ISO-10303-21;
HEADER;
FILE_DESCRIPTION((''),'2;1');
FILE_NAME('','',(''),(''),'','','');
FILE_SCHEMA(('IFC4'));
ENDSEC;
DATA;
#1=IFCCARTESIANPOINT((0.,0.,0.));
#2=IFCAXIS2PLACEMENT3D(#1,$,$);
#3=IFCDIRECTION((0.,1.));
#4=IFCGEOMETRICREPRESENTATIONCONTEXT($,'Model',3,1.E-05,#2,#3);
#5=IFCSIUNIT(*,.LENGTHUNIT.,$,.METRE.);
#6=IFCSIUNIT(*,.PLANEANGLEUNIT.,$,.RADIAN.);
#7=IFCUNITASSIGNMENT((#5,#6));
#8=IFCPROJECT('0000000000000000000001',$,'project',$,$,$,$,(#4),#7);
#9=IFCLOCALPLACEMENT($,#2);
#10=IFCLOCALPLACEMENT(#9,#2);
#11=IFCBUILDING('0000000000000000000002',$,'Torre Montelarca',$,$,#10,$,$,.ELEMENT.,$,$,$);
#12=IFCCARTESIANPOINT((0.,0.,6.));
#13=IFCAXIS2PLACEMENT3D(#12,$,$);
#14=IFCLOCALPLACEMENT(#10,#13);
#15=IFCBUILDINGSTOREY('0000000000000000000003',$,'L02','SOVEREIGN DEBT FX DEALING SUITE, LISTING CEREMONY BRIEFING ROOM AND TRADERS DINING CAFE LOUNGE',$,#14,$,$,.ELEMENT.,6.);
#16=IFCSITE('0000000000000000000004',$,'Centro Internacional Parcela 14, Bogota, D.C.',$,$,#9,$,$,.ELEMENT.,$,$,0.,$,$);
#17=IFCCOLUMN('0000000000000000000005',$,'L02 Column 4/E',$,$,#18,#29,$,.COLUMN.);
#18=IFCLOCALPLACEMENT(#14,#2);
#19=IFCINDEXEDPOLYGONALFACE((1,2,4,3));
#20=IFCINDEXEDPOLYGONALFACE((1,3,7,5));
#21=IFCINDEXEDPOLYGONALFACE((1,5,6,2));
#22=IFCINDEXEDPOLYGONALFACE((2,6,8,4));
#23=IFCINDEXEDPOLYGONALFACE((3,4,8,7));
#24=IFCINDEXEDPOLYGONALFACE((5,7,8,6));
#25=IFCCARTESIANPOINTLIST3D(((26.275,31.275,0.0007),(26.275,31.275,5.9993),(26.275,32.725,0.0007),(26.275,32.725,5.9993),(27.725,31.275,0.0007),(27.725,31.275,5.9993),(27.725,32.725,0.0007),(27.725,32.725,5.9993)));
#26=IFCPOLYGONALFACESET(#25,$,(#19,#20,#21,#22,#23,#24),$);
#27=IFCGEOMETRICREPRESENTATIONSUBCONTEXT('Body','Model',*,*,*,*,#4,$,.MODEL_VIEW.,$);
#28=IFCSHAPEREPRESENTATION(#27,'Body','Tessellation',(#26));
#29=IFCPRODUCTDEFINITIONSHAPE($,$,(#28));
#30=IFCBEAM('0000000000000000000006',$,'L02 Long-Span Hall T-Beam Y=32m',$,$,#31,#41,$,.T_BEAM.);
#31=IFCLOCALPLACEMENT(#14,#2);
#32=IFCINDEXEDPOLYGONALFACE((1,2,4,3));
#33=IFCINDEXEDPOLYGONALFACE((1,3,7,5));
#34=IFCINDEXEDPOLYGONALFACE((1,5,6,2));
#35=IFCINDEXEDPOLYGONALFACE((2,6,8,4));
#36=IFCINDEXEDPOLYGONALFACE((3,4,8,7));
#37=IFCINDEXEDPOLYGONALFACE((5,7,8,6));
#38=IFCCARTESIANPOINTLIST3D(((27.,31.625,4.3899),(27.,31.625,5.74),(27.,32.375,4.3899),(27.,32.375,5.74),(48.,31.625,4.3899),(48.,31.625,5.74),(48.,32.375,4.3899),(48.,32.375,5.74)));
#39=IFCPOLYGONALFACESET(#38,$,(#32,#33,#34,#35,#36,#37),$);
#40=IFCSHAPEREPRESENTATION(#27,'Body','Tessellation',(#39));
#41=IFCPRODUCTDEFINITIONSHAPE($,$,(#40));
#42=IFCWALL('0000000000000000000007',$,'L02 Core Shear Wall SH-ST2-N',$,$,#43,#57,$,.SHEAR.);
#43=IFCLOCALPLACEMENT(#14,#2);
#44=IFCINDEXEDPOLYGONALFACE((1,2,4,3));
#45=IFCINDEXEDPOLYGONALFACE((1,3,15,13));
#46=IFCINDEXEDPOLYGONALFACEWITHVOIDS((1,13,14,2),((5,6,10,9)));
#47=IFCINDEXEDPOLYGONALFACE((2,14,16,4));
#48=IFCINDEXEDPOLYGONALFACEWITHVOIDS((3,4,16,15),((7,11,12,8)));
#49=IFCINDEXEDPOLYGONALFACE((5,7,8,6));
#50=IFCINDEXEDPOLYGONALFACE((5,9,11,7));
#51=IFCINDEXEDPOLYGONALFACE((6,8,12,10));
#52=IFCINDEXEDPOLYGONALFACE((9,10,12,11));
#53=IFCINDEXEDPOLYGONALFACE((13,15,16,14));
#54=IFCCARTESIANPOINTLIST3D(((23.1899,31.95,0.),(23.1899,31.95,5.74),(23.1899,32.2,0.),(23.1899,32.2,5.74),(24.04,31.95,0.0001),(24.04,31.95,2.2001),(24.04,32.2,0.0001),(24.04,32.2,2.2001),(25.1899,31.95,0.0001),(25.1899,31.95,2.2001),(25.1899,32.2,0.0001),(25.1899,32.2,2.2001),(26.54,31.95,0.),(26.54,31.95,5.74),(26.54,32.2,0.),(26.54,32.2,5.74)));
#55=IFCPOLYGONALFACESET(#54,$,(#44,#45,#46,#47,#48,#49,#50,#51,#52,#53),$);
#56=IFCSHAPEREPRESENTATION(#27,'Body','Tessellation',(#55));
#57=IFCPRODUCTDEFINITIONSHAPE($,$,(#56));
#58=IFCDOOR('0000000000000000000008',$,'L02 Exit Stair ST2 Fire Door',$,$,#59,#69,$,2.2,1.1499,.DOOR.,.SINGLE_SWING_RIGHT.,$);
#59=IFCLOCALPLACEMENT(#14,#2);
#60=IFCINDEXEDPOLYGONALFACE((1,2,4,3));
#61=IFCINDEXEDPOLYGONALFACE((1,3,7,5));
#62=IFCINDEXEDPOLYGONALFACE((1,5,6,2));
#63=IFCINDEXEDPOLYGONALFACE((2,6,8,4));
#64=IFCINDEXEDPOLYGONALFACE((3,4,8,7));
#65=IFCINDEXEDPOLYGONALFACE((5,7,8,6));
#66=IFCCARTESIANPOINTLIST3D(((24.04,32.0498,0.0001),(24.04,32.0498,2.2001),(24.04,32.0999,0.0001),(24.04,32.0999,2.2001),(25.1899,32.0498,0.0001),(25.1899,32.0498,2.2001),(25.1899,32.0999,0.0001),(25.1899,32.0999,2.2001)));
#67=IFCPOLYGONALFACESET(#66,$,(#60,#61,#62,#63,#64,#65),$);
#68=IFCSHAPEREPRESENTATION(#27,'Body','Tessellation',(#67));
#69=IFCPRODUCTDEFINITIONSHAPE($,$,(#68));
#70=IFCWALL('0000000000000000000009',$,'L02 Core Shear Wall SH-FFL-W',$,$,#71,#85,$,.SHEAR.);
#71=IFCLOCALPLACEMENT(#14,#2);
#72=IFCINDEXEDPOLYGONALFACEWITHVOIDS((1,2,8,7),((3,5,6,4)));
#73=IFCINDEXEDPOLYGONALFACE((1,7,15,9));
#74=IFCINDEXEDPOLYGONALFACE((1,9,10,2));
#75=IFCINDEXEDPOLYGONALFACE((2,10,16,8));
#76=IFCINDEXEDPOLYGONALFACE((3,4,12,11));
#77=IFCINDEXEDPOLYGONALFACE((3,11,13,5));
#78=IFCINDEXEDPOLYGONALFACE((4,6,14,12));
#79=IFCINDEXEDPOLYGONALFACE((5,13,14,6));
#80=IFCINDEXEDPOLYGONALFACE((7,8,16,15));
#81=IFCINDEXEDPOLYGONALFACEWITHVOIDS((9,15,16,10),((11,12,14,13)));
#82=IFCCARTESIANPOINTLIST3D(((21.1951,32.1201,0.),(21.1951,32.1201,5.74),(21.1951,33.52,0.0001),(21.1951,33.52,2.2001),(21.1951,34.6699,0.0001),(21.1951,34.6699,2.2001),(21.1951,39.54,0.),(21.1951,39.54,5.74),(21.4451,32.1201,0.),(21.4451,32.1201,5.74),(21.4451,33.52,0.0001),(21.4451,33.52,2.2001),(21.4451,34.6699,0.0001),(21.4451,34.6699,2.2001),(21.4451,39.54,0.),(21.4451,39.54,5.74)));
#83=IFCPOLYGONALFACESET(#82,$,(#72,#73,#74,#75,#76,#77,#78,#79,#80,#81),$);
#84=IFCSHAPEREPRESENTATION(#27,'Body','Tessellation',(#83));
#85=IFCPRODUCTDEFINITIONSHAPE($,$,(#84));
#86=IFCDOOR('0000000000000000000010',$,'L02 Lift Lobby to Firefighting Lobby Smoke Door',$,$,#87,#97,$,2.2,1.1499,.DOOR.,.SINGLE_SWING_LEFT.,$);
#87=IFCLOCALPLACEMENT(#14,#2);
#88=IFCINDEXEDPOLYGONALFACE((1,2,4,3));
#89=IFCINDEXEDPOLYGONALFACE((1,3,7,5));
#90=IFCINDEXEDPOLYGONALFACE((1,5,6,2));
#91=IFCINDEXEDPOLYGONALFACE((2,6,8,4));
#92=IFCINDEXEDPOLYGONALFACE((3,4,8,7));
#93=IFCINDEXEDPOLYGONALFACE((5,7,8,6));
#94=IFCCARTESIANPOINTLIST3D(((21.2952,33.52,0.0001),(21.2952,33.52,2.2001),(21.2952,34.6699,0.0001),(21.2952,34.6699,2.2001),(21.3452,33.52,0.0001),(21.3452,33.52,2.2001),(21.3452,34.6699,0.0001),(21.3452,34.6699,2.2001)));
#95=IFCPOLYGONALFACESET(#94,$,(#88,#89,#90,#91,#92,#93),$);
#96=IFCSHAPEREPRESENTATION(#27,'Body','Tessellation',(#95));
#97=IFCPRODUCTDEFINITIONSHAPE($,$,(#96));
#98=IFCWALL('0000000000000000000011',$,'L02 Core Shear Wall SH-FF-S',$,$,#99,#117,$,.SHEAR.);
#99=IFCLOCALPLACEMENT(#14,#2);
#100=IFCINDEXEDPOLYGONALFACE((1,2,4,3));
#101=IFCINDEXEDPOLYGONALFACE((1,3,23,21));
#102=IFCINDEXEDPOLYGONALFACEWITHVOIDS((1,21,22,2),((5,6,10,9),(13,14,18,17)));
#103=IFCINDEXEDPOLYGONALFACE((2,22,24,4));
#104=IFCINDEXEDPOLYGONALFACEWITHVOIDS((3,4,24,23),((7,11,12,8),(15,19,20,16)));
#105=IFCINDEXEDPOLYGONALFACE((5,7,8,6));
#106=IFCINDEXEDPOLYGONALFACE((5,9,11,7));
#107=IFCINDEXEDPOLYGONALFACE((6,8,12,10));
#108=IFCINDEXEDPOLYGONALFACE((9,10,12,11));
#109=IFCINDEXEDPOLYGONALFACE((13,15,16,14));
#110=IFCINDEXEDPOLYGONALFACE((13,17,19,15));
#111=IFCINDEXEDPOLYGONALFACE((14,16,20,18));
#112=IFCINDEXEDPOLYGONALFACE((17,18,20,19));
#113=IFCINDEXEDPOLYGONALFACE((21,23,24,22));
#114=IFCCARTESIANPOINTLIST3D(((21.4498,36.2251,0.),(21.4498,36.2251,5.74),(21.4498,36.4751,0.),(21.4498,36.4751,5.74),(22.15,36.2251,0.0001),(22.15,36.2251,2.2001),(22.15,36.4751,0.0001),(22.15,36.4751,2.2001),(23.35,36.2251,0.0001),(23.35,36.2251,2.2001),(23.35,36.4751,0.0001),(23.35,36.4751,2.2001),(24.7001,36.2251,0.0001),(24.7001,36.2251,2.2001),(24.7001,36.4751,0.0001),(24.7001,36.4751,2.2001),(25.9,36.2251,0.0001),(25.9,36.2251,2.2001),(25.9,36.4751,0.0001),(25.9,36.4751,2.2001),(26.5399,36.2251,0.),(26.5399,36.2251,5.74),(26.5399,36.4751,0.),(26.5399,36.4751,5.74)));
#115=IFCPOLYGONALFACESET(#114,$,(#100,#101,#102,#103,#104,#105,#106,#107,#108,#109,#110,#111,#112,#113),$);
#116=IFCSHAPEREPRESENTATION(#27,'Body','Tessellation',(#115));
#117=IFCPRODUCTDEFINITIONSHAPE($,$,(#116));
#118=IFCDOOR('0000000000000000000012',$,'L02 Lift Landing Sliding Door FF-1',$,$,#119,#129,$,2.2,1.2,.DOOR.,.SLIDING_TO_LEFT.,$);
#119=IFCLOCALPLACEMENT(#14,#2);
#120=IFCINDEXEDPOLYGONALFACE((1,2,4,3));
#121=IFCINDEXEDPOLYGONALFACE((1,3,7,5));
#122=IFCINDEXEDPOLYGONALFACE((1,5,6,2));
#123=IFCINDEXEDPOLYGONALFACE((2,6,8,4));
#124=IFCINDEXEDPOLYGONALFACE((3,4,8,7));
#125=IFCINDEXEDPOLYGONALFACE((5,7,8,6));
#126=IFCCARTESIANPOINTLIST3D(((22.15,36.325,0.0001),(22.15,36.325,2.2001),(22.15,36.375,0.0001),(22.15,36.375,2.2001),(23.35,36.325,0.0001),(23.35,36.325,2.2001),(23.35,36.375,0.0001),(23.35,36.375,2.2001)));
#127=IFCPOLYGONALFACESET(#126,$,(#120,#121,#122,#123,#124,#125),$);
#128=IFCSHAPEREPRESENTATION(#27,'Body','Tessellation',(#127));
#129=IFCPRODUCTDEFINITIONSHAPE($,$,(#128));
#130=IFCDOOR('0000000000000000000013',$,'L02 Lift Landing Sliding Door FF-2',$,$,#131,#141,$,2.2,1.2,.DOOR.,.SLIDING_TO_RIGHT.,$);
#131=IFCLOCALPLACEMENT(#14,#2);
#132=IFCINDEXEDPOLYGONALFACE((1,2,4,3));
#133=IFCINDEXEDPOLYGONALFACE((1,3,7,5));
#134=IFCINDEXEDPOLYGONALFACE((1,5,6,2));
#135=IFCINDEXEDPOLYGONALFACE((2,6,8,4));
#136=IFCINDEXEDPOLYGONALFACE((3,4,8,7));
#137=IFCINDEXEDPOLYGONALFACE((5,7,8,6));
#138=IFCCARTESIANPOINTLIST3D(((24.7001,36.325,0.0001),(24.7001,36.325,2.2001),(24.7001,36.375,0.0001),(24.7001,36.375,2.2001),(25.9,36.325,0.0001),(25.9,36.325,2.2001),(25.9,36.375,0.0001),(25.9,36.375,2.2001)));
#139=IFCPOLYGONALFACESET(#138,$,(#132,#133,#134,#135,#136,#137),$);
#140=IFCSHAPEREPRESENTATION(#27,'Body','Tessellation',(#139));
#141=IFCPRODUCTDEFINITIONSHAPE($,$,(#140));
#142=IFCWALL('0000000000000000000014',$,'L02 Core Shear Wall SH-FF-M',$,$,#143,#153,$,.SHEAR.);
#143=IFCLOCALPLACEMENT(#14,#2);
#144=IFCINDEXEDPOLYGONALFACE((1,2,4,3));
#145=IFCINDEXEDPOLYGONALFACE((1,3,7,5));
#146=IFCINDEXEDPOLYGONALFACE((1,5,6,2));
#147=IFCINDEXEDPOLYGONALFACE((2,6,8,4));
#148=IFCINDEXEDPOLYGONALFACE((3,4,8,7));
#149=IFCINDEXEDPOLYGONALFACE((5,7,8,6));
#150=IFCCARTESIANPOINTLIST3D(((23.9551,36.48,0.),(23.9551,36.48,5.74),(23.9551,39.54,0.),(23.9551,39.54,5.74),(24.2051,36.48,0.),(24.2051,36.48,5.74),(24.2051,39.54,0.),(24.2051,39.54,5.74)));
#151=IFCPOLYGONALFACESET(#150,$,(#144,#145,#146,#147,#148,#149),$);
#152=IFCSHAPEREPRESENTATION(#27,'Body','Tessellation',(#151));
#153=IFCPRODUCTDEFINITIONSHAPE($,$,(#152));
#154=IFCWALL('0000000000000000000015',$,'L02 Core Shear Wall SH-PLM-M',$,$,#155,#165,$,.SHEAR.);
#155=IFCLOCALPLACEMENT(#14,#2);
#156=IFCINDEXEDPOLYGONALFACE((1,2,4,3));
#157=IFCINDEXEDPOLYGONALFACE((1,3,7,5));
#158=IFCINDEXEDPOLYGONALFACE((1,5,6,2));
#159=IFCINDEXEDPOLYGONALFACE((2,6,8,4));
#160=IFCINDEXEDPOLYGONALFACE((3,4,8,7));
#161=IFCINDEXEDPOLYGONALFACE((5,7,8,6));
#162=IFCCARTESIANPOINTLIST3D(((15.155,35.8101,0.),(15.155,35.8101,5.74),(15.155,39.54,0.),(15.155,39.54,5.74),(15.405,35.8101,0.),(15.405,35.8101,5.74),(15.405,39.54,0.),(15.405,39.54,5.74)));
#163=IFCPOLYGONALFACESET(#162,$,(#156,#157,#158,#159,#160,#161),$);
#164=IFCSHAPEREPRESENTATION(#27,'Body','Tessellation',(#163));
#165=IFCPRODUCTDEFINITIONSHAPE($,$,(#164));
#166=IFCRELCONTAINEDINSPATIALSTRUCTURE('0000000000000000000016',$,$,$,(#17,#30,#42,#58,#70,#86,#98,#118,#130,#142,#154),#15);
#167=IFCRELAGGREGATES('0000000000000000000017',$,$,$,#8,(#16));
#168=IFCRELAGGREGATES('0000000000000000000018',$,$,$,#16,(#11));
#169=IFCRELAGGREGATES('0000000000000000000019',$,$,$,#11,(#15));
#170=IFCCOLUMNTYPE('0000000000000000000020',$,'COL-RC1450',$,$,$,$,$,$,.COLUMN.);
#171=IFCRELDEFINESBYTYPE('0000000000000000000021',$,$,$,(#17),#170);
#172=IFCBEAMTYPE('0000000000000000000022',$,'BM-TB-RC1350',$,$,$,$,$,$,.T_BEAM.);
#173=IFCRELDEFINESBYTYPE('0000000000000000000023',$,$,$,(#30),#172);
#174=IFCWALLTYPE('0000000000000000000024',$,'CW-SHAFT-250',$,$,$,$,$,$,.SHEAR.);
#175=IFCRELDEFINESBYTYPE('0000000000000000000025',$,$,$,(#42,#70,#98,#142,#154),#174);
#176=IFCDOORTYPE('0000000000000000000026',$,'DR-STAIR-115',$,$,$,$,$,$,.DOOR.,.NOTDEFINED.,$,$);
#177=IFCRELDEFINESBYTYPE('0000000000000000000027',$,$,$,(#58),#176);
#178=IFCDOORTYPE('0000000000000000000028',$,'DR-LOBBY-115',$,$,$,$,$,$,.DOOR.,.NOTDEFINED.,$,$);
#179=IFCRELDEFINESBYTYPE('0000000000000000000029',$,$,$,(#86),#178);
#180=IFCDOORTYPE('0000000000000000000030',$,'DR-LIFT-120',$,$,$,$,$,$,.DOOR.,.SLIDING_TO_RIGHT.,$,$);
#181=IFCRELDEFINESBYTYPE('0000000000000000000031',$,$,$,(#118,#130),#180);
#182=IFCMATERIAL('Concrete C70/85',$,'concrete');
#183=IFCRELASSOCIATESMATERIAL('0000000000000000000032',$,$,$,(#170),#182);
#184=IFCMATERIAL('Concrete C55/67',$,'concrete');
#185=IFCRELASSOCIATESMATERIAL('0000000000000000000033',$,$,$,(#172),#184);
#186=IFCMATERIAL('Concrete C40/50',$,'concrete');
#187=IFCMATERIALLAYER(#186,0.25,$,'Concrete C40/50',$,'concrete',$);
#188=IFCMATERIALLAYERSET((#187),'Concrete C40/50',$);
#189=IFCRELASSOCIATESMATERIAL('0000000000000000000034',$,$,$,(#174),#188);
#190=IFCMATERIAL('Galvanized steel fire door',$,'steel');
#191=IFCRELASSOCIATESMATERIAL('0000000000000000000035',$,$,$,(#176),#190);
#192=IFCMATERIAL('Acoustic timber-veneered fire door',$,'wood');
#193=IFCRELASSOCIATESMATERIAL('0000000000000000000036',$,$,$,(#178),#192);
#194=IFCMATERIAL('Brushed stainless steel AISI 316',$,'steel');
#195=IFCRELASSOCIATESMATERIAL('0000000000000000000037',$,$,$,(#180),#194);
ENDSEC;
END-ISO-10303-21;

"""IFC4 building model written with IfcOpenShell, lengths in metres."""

from ifc_helpers import new_model, si_unit, direction, frame, frame_2d, origin, origin_2d, place, context, subcontext, project, spatial, rectangle, extrude, source, transform, mapped, material, layer, layer_set, material_profile, profile_set, type_object, element, fill, save


model = new_model("IFC4")

# Units and contexts
model_context = context("Model", 3, precision=1e-05, world=origin(), true_north=direction((0.0, 1.0)))
body_context = subcontext(model_context, "Body", "Model", "MODEL_VIEW")
ifc_project = project(units=[si_unit("LENGTHUNIT", "METRE"), si_unit("PLANEANGLEUNIT", "RADIAN")], contexts=[model_context])

# Site, building, storey
site_placement = place(None, origin())
site = spatial("IfcSite", under=ifc_project, at=site_placement, Name="Centro Internacional Parcela 14, Bogota, D.C.", CompositionType="ELEMENT", RefElevation=0.0)
building_placement = place(site_placement, origin())
building = spatial("IfcBuilding", under=site, at=building_placement, Name="Torre Montelarca", CompositionType="ELEMENT")
storey_placement = place(building_placement, frame((0.0, 0.0, 6.0)))
storey = spatial("IfcBuildingStorey", under=building, at=storey_placement, Name="L02", Description="SOVEREIGN DEBT FX DEALING SUITE, LISTING CEREMONY BRIEFING ROOM AND TRADERS DINING CAFE LOUNGE", CompositionType="ELEMENT", Elevation=6.0)

# Column
ifc_material_1 = material(Name="Concrete C70/85", Category="concrete")
ifc_material_profile_1 = material_profile(ifc_material_1, rectangle(XDim=1.45, YDim=1.45, at=origin_2d()), Name="RC1450X1450", Category="concrete")
ifc_profile_set_1 = profile_set([ifc_material_profile_1], Name="Concrete C70/85")
column_type = type_object("IfcColumnType", Name="COL-RC1450", PredefinedType="COLUMN", material=ifc_profile_set_1)
shared_shape_1 = source(origin(), body_context, "Body", "SweptSolid", [
    extrude(rectangle(XDim=1.45, YDim=1.45, at=origin_2d()), origin(), (0.0, 0.0, 1.0), 5.9985),
])
column_placement = place(storey_placement, frame((27.0, 32.0, 0.0007), z_axis=(0.0, 0.0, 1.0), x_axis=(1.0, 0.0, 0.0)))
element("IfcColumn", 1, at=column_placement, inside=storey, type_object=column_type, Name="L02 Column 4/E", PredefinedType="COLUMN", context=body_context, shape_type="MappedRepresentation", body=[
    mapped(shared_shape_1, transform((0.0, 0.0, 0.0), scale=1.0)),
])

# Beam
ifc_material_2 = material(Name="Concrete C55/67", Category="concrete")
ifc_material_profile_2 = material_profile(ifc_material_2, rectangle(XDim=0.75, YDim=1.3501, at=origin_2d()), Name="RCB750X1350", Category="concrete")
ifc_profile_set_2 = profile_set([ifc_material_profile_2], Name="Concrete C55/67")
beam_type = type_object("IfcBeamType", Name="BM-TB-RC1350", PredefinedType="T_BEAM", material=ifc_profile_set_2)
shared_shape_2 = source(origin(), body_context, "Body", "SweptSolid", [
    extrude(rectangle(XDim=0.75, YDim=1.3501, at=origin_2d()), origin(), (0.0, 0.0, 1.0), 21.0),
])
beam_placement = place(storey_placement, frame((27.0, 32.0, 5.0649), z_axis=(1.0, 0.0, 0.0), x_axis=(0.0, 1.0, 0.0)))
element("IfcBeam", 2, at=beam_placement, inside=storey, type_object=beam_type, Name="L02 Long-Span Hall T-Beam Y=32m", PredefinedType="T_BEAM", context=body_context, shape_type="MappedRepresentation", body=[
    mapped(shared_shape_2, transform((0.0, 0.0, 0.0), scale=1.0)),
])

# Walls, openings, doors
ifc_material_3 = material(Name="Concrete C40/50", Category="concrete")
ifc_layer_1 = layer(ifc_material_3, 0.25, Name="Concrete C40/50", Category="concrete")
ifc_layer_set_1 = layer_set([ifc_layer_1], Name="Concrete C40/50")
wall_type_1 = type_object("IfcWallType", Name="CW-SHAFT-250", PredefinedType="SHEAR", material=ifc_layer_set_1)
wall_1_placement = place(storey_placement, frame((23.1899, 32.075, 0.0), z_axis=(0.0, 0.0, 1.0), x_axis=(1.0, 0.0, 0.0)))
wall_1 = element("IfcWall", 3, at=wall_1_placement, inside=storey, type_object=wall_type_1, Name="L02 Core Shear Wall SH-ST2-N", PredefinedType="SHEAR", context=body_context, shape_type="SweptSolid", body=[
    extrude(rectangle(XDim=3.3501, YDim=0.25, at=frame_2d((1.675, 0.0))), origin(), (0.0, 0.0, 1.0), 5.74),
])
opening_1_placement = place(wall_1_placement, frame((0.8501, 0.0, 0.0)))
opening_1 = element("IfcOpeningElement", 4, at=opening_1_placement, cuts=wall_1, PredefinedType="OPENING", context=body_context, shape_type="SweptSolid", body=[
    extrude(rectangle(XDim=1.1499, YDim=2.2, at=frame_2d((0.575, 1.1001))), frame((0.0, 0.135, 0.0), z_axis=(0.0, -1.0, 0.0), x_axis=(1.0, 0.0, 0.0)), (0.0, 0.0, 1.0), 0.27),
])
ifc_material_4 = material(Name="Galvanized steel fire door", Category="steel")
door_type_1 = type_object("IfcDoorType", Name="DR-STAIR-115", OperationType="NOTDEFINED", PredefinedType="DOOR", material=ifc_material_4)
shared_shape_3 = source(origin(), body_context, "Body", "SweptSolid", [
    extrude(rectangle(XDim=1.1499, YDim=2.2, at=frame_2d((0.575, 1.1001))), frame((0.0, 0.0249, 0.0), z_axis=(0.0, -1.0, 0.0), x_axis=(1.0, 0.0, 0.0)), (0.0, 0.0, 1.0), 0.05),
])
door_1_placement = place(opening_1_placement, origin())
door_1 = element("IfcDoor", 5, at=door_1_placement, inside=storey, type_object=door_type_1, Name="L02 Exit Stair ST2 Fire Door", OperationType="SINGLE_SWING_RIGHT", OverallHeight=2.2, OverallWidth=1.1499, PredefinedType="DOOR", context=body_context, shape_type="MappedRepresentation", body=[
    mapped(shared_shape_3, transform((0.0, 0.0, 0.0), scale=1.0)),
])
fill(opening_1, door_1)
wall_2_placement = place(storey_placement, frame((21.3201, 32.1201, 0.0), z_axis=(0.0, 0.0, 1.0), x_axis=(0.0, 1.0, 0.0)))
wall_2 = element("IfcWall", 6, at=wall_2_placement, inside=storey, type_object=wall_type_1, Name="L02 Core Shear Wall SH-FFL-W", PredefinedType="SHEAR", context=body_context, shape_type="SweptSolid", body=[
    extrude(rectangle(XDim=7.4199, YDim=0.25, at=frame_2d((3.71, 0.0))), origin(), (0.0, 0.0, 1.0), 5.74),
])
opening_2_placement = place(wall_2_placement, frame((1.3999, 0.0, 0.0)))
opening_2 = element("IfcOpeningElement", 7, at=opening_2_placement, cuts=wall_2, PredefinedType="OPENING", context=body_context, shape_type="SweptSolid", body=[
    extrude(rectangle(XDim=1.1499, YDim=2.2, at=frame_2d((0.575, 1.1001))), frame((0.0, 0.135, 0.0), z_axis=(0.0, -1.0, 0.0), x_axis=(1.0, 0.0, 0.0)), (0.0, 0.0, 1.0), 0.27),
])
ifc_material_5 = material(Name="Acoustic timber-veneered fire door", Category="wood")
door_type_2 = type_object("IfcDoorType", Name="DR-LOBBY-115", OperationType="NOTDEFINED", PredefinedType="DOOR", material=ifc_material_5)
shared_shape_4 = source(origin(), body_context, "Body", "SweptSolid", [
    extrude(rectangle(XDim=1.1499, YDim=2.2, at=frame_2d((0.575, 1.1001))), frame((0.0, 0.0249, 0.0), z_axis=(0.0, -1.0, 0.0), x_axis=(1.0, 0.0, 0.0)), (0.0, 0.0, 1.0), 0.05),
])
door_2_placement = place(opening_2_placement, origin())
door_2 = element("IfcDoor", 8, at=door_2_placement, inside=storey, type_object=door_type_2, Name="L02 Lift Lobby to Firefighting Lobby Smoke Door", OperationType="SINGLE_SWING_LEFT", OverallHeight=2.2, OverallWidth=1.1499, PredefinedType="DOOR", context=body_context, shape_type="MappedRepresentation", body=[
    mapped(shared_shape_4, transform((0.0, 0.0, 0.0), scale=1.0)),
])
fill(opening_2, door_2)

# Wall, openings, doors
wall_3_placement = place(storey_placement, frame((21.45, 36.3501, 0.0), z_axis=(0.0, 0.0, 1.0), x_axis=(1.0, 0.0, 0.0)))
wall_3 = element("IfcWall", 9, at=wall_3_placement, inside=storey, type_object=wall_type_1, Name="L02 Core Shear Wall SH-FF-S", PredefinedType="SHEAR", context=body_context, shape_type="SweptSolid", body=[
    extrude(rectangle(XDim=5.0901, YDim=0.25, at=frame_2d((2.5449, 0.0))), origin(), (0.0, 0.0, 1.0), 5.74),
])
opening_3_placement = place(wall_3_placement, frame((0.7, 0.0, 0.0)))
opening_3 = element("IfcOpeningElement", 10, at=opening_3_placement, cuts=wall_3, PredefinedType="OPENING", context=body_context, shape_type="SweptSolid", body=[
    extrude(rectangle(XDim=1.2, YDim=2.2, at=frame_2d((0.6001, 1.1001))), frame((0.0, 0.135, 0.0), z_axis=(0.0, -1.0, 0.0), x_axis=(1.0, 0.0, 0.0)), (0.0, 0.0, 1.0), 0.27),
])
opening_4_placement = place(wall_3_placement, frame((3.25, 0.0, 0.0)))
opening_4 = element("IfcOpeningElement", 11, at=opening_4_placement, cuts=wall_3, PredefinedType="OPENING", context=body_context, shape_type="SweptSolid", body=[
    extrude(rectangle(XDim=1.2, YDim=2.2, at=frame_2d((0.6001, 1.1001))), frame((0.0, 0.135, 0.0), z_axis=(0.0, -1.0, 0.0), x_axis=(1.0, 0.0, 0.0)), (0.0, 0.0, 1.0), 0.27),
])
ifc_material_6 = material(Name="Brushed stainless steel AISI 316", Category="steel")
door_type_3 = type_object("IfcDoorType", Name="DR-LIFT-120", OperationType="SLIDING_TO_RIGHT", PredefinedType="DOOR", material=ifc_material_6)
shared_shape_5 = source(origin(), body_context, "Body", "SweptSolid", [
    extrude(rectangle(XDim=1.2, YDim=2.2, at=frame_2d((0.6001, 1.1001))), frame((0.0, 0.0249, 0.0), z_axis=(0.0, -1.0, 0.0), x_axis=(1.0, 0.0, 0.0)), (0.0, 0.0, 1.0), 0.05),
])
door_3_placement = place(opening_3_placement, origin())
door_3 = element("IfcDoor", 12, at=door_3_placement, inside=storey, type_object=door_type_3, Name="L02 Lift Landing Sliding Door FF-1", OperationType="SLIDING_TO_LEFT", OverallHeight=2.2, OverallWidth=1.2, PredefinedType="DOOR", context=body_context, shape_type="MappedRepresentation", body=[
    mapped(shared_shape_5, transform((0.0, 0.0, 0.0), scale=1.0)),
])
fill(opening_3, door_3)
door_4_placement = place(opening_4_placement, origin())
door_4 = element("IfcDoor", 13, at=door_4_placement, inside=storey, type_object=door_type_3, Name="L02 Lift Landing Sliding Door FF-2", OperationType="SLIDING_TO_RIGHT", OverallHeight=2.2, OverallWidth=1.2, PredefinedType="DOOR", context=body_context, shape_type="MappedRepresentation", body=[
    mapped(shared_shape_5, transform((0.0, 0.0, 0.0), scale=1.0)),
])
fill(opening_4, door_4)

# Walls
wall_4_placement = place(storey_placement, frame((24.0801, 36.48, 0.0), z_axis=(0.0, 0.0, 1.0), x_axis=(0.0, 1.0, 0.0)))
element("IfcWall", 14, at=wall_4_placement, inside=storey, type_object=wall_type_1, Name="L02 Core Shear Wall SH-FF-M", PredefinedType="SHEAR", context=body_context, shape_type="SweptSolid", body=[
    extrude(rectangle(XDim=3.0601, YDim=0.25, at=frame_2d((1.53, 0.0))), origin(), (0.0, 0.0, 1.0), 5.74),
])
wall_5_placement = place(storey_placement, frame((15.28, 35.8101, 0.0), z_axis=(0.0, 0.0, 1.0), x_axis=(0.0, 1.0, 0.0)))
element("IfcWall", 15, at=wall_5_placement, inside=storey, type_object=wall_type_1, Name="L02 Core Shear Wall SH-PLM-M", PredefinedType="SHEAR", context=body_context, shape_type="SweptSolid", body=[
    extrude(rectangle(XDim=3.73, YDim=0.25, at=frame_2d((1.865, 0.0))), origin(), (0.0, 0.0, 1.0), 5.74),
])

save(model, "model.ifc")
